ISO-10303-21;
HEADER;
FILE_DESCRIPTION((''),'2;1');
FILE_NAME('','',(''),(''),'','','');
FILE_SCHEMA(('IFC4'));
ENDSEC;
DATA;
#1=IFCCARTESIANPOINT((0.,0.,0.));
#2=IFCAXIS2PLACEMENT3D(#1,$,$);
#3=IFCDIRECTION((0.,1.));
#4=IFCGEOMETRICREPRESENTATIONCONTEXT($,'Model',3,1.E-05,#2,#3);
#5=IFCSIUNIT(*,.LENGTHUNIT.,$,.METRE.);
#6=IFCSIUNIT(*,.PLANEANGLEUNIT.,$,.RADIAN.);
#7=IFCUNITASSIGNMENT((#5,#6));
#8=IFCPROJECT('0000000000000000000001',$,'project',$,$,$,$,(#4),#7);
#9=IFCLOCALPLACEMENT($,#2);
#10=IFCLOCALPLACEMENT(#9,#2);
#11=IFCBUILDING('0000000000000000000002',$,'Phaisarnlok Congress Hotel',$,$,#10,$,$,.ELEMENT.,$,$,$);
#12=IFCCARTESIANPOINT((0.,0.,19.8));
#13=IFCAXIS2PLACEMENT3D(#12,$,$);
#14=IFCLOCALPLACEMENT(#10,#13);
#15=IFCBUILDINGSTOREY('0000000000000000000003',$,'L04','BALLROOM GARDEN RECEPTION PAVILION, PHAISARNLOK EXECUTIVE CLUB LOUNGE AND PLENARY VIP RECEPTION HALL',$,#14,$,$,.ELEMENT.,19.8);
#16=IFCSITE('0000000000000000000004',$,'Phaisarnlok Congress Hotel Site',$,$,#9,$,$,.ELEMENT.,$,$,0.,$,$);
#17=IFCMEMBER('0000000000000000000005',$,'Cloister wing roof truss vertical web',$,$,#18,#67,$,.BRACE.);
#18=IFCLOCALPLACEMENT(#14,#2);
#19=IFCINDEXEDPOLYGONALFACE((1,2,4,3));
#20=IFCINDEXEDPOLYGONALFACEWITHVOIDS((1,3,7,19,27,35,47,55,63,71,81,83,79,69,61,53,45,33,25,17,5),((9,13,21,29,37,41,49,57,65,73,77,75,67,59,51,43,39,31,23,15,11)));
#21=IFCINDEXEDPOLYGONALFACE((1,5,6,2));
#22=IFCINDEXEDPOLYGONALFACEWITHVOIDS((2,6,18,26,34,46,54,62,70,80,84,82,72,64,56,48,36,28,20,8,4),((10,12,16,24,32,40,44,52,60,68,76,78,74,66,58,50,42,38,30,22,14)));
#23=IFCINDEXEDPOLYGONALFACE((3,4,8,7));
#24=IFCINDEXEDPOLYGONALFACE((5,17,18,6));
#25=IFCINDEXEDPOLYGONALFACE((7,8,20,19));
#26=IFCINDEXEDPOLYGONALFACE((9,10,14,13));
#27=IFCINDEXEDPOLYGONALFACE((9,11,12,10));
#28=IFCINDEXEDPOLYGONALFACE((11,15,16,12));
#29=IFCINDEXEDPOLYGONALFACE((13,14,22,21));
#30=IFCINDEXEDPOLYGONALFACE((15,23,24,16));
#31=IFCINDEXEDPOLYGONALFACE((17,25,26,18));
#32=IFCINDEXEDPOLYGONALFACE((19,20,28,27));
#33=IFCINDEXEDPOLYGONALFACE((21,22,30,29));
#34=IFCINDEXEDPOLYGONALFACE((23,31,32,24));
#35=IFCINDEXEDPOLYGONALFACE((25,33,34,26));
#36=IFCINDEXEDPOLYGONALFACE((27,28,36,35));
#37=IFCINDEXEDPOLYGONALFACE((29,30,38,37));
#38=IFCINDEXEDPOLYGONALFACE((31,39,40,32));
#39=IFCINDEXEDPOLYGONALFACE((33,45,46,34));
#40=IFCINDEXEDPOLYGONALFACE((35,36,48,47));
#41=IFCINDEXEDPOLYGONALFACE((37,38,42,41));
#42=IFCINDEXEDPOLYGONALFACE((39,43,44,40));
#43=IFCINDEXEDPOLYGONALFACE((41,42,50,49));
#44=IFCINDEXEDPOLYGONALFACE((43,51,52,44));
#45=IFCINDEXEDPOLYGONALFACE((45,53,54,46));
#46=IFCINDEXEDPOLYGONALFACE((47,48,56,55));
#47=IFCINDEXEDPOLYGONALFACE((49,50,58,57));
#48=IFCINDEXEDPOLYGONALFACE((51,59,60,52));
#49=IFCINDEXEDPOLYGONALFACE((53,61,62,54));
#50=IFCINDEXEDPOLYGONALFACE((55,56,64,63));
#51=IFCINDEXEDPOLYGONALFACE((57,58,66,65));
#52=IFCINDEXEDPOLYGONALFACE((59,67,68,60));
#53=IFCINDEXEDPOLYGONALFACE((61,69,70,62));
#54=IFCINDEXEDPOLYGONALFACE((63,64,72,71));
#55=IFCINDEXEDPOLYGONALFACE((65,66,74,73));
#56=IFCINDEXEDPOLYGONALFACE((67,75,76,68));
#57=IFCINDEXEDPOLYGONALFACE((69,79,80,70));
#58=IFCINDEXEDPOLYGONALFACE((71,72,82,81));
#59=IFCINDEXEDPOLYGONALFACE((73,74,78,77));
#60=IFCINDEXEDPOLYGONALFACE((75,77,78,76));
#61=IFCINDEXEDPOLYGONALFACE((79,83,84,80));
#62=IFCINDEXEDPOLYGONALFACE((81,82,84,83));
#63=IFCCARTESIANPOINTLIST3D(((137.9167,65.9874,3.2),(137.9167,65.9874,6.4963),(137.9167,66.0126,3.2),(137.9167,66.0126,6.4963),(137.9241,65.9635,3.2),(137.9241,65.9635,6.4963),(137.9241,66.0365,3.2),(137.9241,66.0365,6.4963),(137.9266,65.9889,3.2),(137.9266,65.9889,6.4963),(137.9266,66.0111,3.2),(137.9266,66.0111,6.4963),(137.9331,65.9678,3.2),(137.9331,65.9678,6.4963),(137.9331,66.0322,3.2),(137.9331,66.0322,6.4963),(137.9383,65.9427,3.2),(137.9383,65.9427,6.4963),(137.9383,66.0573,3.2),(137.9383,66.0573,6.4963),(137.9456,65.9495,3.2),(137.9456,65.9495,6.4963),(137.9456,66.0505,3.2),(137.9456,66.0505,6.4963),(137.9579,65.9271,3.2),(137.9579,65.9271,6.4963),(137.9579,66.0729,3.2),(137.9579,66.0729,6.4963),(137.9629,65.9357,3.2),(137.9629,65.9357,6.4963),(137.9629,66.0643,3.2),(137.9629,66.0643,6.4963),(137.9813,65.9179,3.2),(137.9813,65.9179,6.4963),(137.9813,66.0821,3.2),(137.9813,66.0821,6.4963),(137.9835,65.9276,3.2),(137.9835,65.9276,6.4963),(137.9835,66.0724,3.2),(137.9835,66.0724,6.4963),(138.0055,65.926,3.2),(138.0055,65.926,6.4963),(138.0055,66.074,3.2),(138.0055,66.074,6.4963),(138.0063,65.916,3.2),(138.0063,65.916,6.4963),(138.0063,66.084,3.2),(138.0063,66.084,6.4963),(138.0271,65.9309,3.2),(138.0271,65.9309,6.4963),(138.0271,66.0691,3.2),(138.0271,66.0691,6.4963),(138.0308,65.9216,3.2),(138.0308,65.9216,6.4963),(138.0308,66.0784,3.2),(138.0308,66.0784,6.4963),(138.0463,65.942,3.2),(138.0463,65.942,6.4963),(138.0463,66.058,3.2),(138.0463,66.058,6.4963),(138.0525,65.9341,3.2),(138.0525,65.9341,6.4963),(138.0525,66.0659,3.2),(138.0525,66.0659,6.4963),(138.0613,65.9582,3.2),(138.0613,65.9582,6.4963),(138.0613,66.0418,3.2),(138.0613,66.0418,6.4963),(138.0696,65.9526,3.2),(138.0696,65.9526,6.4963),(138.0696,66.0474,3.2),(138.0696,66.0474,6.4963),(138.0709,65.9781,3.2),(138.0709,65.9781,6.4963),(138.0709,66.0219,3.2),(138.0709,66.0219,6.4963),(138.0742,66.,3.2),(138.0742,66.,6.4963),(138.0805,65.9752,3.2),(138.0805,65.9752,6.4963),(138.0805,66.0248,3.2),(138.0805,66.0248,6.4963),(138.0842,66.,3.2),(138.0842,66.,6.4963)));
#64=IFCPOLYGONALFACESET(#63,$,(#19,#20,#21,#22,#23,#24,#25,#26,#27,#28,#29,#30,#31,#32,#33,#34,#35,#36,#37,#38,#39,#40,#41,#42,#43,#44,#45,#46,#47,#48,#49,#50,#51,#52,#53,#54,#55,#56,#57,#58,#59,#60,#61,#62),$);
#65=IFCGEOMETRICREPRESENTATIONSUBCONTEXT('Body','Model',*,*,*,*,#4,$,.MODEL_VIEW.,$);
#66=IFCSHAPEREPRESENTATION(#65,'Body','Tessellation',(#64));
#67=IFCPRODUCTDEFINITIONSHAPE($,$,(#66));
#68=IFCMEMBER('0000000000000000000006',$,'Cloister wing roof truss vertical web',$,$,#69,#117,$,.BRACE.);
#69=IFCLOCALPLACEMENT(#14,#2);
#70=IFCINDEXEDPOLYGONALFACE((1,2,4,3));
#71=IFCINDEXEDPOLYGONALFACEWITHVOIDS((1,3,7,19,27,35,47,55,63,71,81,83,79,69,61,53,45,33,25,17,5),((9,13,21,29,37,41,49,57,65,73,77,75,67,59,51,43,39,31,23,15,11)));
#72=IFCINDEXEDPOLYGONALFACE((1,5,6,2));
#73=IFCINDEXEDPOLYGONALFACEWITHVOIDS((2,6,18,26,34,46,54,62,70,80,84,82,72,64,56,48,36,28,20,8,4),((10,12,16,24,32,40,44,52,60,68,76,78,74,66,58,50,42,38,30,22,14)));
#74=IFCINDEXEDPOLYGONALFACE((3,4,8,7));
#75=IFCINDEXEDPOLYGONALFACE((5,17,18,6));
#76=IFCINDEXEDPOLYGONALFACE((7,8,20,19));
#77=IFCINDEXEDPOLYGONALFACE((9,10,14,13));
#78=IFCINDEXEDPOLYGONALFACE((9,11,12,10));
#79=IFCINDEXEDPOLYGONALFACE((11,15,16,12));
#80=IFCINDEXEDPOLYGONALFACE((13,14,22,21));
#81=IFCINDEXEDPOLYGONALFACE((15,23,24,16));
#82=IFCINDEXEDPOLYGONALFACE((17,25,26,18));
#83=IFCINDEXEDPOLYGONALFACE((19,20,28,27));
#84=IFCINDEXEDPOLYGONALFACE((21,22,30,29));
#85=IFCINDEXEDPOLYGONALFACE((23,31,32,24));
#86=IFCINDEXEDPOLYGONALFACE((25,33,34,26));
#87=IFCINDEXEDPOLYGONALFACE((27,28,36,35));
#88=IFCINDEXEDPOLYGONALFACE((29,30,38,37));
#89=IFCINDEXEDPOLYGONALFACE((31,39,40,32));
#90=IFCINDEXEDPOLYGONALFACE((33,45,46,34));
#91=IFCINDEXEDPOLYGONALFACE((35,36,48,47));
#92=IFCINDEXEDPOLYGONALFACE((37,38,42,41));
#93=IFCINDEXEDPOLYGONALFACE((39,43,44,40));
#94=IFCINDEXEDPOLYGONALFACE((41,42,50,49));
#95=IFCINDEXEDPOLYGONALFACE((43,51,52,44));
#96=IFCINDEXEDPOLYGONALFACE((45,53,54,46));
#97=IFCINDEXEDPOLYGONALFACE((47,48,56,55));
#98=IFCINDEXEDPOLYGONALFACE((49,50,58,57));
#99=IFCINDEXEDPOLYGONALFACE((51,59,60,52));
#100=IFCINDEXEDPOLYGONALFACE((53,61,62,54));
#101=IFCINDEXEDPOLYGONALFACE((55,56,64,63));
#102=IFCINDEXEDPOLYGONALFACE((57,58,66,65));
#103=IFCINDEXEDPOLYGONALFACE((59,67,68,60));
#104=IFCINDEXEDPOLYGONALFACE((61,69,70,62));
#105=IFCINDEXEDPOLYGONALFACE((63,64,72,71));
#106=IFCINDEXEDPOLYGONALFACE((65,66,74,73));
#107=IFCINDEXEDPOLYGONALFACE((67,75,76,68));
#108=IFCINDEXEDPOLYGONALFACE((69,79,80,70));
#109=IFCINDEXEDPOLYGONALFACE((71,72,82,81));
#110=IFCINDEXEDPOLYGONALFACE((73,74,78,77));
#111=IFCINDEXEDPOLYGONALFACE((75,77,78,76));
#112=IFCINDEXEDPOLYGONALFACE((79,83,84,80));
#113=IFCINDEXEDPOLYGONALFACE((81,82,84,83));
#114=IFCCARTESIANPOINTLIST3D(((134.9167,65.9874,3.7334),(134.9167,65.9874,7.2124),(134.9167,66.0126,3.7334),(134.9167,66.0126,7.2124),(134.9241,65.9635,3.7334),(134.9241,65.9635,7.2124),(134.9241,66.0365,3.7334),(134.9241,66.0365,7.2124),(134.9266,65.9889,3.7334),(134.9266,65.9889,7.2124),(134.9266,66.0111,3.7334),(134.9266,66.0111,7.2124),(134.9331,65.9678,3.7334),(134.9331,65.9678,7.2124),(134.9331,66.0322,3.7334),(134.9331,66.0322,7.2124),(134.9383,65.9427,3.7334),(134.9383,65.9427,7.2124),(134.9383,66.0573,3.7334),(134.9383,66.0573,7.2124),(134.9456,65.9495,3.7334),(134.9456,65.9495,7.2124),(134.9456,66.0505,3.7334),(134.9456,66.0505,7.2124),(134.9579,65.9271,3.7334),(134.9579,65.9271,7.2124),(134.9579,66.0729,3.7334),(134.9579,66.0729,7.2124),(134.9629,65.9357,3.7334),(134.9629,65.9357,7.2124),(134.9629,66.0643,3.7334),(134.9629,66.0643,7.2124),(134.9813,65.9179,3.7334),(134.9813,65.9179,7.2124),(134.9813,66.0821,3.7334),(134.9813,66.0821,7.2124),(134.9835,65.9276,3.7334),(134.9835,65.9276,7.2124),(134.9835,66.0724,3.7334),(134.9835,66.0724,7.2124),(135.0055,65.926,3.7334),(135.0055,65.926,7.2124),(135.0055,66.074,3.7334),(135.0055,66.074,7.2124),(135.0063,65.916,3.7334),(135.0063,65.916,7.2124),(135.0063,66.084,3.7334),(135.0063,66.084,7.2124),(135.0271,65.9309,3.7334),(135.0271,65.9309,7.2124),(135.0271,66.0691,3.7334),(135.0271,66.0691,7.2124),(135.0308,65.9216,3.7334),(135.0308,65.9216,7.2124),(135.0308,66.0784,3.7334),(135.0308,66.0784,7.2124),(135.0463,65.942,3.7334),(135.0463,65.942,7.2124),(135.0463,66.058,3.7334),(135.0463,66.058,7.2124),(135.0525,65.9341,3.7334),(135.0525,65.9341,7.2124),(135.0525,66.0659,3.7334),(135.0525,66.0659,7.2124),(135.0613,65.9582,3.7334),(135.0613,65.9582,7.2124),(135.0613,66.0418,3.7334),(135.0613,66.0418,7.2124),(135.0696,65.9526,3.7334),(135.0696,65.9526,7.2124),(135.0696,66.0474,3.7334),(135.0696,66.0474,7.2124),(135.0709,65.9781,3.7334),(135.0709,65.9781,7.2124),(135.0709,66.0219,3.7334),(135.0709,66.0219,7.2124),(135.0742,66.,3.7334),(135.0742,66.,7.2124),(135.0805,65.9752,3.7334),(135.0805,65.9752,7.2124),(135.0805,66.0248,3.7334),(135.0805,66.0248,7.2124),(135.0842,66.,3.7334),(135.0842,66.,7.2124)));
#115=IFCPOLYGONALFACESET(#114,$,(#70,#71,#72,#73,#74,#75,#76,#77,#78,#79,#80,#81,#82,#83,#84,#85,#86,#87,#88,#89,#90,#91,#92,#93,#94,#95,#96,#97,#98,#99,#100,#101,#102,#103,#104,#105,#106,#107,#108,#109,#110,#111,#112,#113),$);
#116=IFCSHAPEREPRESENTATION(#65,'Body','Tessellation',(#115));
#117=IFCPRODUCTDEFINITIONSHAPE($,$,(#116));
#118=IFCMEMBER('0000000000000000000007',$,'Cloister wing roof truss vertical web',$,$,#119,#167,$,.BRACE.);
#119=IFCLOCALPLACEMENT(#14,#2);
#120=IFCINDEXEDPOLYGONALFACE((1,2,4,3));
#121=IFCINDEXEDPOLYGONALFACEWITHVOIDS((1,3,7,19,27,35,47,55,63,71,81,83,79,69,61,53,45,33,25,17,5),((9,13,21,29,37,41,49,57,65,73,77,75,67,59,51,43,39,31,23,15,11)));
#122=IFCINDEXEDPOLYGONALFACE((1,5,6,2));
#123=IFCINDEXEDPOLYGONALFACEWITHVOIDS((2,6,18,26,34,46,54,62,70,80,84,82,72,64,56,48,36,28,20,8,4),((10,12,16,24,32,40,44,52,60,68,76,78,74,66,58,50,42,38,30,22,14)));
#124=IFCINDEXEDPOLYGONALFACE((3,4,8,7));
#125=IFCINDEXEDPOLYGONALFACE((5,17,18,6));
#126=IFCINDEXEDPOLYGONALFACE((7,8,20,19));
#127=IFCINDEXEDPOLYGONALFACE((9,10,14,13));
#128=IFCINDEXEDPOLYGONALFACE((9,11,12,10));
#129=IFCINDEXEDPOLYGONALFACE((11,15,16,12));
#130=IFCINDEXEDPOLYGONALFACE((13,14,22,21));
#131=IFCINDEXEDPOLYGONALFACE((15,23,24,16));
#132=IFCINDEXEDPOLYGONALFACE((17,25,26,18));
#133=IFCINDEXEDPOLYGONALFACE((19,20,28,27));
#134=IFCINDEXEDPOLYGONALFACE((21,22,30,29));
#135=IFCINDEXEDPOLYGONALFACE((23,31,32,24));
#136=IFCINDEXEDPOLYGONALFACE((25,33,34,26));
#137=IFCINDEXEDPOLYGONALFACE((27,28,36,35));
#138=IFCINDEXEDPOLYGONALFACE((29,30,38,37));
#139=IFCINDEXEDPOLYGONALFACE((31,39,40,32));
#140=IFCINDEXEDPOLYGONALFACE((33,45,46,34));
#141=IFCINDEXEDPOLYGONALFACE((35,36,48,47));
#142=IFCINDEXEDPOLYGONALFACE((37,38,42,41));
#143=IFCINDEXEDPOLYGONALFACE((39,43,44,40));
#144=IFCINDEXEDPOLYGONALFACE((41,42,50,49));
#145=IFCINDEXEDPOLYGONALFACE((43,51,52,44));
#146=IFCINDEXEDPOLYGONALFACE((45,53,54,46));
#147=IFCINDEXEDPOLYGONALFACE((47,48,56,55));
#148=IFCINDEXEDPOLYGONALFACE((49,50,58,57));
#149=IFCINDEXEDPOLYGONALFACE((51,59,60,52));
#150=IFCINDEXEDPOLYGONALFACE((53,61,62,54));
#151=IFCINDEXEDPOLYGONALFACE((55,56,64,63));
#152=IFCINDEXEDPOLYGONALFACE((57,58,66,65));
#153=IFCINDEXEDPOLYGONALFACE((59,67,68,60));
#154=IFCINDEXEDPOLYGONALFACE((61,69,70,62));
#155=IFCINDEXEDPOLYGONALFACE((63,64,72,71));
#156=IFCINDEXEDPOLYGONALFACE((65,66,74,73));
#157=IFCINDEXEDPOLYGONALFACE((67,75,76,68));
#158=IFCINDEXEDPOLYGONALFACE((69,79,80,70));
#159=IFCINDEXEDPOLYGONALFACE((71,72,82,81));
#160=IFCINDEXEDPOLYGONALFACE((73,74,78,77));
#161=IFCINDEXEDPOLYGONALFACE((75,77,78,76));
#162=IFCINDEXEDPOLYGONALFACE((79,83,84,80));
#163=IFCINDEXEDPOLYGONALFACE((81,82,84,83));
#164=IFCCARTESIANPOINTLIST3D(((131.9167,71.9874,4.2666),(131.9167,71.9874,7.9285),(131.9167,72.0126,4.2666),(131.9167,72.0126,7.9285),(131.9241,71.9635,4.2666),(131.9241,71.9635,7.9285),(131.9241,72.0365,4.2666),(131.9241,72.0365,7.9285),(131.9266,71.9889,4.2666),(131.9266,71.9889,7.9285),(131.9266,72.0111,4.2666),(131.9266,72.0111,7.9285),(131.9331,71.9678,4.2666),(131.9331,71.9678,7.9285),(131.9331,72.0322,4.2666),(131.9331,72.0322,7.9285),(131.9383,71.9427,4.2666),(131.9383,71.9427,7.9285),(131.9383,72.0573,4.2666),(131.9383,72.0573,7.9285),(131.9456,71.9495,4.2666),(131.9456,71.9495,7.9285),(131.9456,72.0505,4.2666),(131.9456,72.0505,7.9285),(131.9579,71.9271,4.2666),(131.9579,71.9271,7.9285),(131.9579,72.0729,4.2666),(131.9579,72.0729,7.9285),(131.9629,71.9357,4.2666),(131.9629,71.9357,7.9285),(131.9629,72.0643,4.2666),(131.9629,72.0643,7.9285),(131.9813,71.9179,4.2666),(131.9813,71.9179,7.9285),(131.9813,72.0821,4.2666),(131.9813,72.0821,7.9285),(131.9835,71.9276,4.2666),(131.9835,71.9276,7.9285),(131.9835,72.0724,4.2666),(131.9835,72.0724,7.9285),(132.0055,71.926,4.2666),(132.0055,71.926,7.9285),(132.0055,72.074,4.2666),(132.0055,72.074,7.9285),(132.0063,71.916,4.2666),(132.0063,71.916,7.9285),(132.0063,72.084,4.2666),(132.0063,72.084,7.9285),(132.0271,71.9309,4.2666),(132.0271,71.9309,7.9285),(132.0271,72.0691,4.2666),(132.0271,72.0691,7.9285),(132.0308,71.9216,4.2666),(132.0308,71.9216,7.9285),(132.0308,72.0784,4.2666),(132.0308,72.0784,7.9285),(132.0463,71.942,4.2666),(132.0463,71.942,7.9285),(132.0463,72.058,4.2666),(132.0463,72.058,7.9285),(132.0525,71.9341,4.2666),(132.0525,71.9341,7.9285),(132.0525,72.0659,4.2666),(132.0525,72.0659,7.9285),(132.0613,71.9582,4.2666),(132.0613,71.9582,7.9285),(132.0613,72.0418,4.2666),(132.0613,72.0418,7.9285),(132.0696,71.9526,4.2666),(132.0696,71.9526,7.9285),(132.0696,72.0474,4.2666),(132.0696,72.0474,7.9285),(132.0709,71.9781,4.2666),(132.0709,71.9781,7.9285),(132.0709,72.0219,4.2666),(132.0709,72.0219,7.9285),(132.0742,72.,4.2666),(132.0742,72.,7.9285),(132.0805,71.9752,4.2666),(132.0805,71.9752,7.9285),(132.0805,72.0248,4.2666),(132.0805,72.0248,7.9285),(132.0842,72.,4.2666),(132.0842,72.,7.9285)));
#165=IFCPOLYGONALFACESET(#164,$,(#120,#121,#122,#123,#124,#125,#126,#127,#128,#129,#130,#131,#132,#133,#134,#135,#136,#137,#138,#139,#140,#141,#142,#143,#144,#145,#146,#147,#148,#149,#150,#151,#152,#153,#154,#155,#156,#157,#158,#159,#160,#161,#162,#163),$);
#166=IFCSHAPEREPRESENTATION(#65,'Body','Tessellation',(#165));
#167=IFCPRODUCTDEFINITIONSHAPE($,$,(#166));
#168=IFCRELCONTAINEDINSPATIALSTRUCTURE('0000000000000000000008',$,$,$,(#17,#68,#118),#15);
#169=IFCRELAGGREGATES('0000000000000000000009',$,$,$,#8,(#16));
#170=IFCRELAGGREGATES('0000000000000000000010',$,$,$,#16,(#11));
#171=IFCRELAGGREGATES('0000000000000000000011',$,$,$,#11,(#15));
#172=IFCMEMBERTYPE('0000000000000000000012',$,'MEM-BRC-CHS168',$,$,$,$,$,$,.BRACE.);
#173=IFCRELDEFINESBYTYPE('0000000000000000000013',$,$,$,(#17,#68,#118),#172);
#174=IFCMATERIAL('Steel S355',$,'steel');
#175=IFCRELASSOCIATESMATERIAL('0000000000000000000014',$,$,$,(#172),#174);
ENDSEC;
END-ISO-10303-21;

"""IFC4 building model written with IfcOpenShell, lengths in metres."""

from ifc_helpers import new_model, si_unit, direction, frame, origin, origin_2d, place, context, subcontext, project, spatial, hollow_circle, extrude, material, material_profile, profile_set, type_object, element, save


model = new_model("IFC4")

# Units and contexts
model_context = context("Model", 3, precision=1e-05, world=origin(), true_north=direction((0.0, 1.0)))
body_context = subcontext(model_context, "Body", "Model", "MODEL_VIEW")
ifc_project = project(units=[si_unit("LENGTHUNIT", "METRE"), si_unit("PLANEANGLEUNIT", "RADIAN")], contexts=[model_context])

# Site, building, storey
site_placement = place(None, origin())
site = spatial("IfcSite", under=ifc_project, at=site_placement, Name="Phaisarnlok Congress Hotel Site", CompositionType="ELEMENT", RefElevation=0.0)
building_placement = place(site_placement, origin())
building = spatial("IfcBuilding", under=site, at=building_placement, Name="Phaisarnlok Congress Hotel", CompositionType="ELEMENT")
storey_placement = place(building_placement, frame((0.0, 0.0, 19.8)))
storey = spatial("IfcBuildingStorey", under=building, at=storey_placement, Name="L04", Description="BALLROOM GARDEN RECEPTION PAVILION, PHAISARNLOK EXECUTIVE CLUB LOUNGE AND PLENARY VIP RECEPTION HALL", CompositionType="ELEMENT", Elevation=19.8)

# Shared definitions
ifc_material_1 = material(Name="Steel S355", Category="steel")

# Members
ifc_material_profile_1 = material_profile(ifc_material_1, hollow_circle(Radius=0.0842, WallThickness=0.01, at=origin_2d()), Name="CHS 168.3x10")
ifc_profile_set_1 = profile_set([ifc_material_profile_1], Name="Steel S355")
member_type_1 = type_object("IfcMemberType", Name="MEM-BRC-CHS168", PredefinedType="BRACE", material=ifc_profile_set_1)
member_1_placement = place(storey_placement, frame((138.0, 66.0, 3.2), z_axis=(0.0, 0.0, 1.0), x_axis=(1.0, 0.0, 0.0)))
element("IfcMember", 1, at=member_1_placement, inside=storey, type_object=member_type_1, Name="Cloister wing roof truss vertical web", PredefinedType="BRACE", context=body_context, shape_type="SweptSolid", body=[
    extrude(hollow_circle(Radius=0.0842, WallThickness=0.01, at=origin_2d()), origin(), (0.0, 0.0, 1.0), 3.2964),
])
member_2_placement = place(storey_placement, frame((135.0, 66.0, 3.7334), z_axis=(0.0, 0.0, 1.0), x_axis=(1.0, 0.0, 0.0)))
element("IfcMember", 2, at=member_2_placement, inside=storey, type_object=member_type_1, Name="Cloister wing roof truss vertical web", PredefinedType="BRACE", context=body_context, shape_type="SweptSolid", body=[
    extrude(hollow_circle(Radius=0.0842, WallThickness=0.01, at=origin_2d()), origin(), (0.0, 0.0, 1.0), 3.479),
])
member_3_placement = place(storey_placement, frame((132.0, 72.0, 4.2666), z_axis=(0.0, 0.0, 1.0), x_axis=(1.0, 0.0, 0.0)))
element("IfcMember", 3, at=member_3_placement, inside=storey, type_object=member_type_1, Name="Cloister wing roof truss vertical web", PredefinedType="BRACE", context=body_context, shape_type="SweptSolid", body=[
    extrude(hollow_circle(Radius=0.0842, WallThickness=0.01, at=origin_2d()), origin(), (0.0, 0.0, 1.0), 3.6619),
])

save(model, "model.ifc")
